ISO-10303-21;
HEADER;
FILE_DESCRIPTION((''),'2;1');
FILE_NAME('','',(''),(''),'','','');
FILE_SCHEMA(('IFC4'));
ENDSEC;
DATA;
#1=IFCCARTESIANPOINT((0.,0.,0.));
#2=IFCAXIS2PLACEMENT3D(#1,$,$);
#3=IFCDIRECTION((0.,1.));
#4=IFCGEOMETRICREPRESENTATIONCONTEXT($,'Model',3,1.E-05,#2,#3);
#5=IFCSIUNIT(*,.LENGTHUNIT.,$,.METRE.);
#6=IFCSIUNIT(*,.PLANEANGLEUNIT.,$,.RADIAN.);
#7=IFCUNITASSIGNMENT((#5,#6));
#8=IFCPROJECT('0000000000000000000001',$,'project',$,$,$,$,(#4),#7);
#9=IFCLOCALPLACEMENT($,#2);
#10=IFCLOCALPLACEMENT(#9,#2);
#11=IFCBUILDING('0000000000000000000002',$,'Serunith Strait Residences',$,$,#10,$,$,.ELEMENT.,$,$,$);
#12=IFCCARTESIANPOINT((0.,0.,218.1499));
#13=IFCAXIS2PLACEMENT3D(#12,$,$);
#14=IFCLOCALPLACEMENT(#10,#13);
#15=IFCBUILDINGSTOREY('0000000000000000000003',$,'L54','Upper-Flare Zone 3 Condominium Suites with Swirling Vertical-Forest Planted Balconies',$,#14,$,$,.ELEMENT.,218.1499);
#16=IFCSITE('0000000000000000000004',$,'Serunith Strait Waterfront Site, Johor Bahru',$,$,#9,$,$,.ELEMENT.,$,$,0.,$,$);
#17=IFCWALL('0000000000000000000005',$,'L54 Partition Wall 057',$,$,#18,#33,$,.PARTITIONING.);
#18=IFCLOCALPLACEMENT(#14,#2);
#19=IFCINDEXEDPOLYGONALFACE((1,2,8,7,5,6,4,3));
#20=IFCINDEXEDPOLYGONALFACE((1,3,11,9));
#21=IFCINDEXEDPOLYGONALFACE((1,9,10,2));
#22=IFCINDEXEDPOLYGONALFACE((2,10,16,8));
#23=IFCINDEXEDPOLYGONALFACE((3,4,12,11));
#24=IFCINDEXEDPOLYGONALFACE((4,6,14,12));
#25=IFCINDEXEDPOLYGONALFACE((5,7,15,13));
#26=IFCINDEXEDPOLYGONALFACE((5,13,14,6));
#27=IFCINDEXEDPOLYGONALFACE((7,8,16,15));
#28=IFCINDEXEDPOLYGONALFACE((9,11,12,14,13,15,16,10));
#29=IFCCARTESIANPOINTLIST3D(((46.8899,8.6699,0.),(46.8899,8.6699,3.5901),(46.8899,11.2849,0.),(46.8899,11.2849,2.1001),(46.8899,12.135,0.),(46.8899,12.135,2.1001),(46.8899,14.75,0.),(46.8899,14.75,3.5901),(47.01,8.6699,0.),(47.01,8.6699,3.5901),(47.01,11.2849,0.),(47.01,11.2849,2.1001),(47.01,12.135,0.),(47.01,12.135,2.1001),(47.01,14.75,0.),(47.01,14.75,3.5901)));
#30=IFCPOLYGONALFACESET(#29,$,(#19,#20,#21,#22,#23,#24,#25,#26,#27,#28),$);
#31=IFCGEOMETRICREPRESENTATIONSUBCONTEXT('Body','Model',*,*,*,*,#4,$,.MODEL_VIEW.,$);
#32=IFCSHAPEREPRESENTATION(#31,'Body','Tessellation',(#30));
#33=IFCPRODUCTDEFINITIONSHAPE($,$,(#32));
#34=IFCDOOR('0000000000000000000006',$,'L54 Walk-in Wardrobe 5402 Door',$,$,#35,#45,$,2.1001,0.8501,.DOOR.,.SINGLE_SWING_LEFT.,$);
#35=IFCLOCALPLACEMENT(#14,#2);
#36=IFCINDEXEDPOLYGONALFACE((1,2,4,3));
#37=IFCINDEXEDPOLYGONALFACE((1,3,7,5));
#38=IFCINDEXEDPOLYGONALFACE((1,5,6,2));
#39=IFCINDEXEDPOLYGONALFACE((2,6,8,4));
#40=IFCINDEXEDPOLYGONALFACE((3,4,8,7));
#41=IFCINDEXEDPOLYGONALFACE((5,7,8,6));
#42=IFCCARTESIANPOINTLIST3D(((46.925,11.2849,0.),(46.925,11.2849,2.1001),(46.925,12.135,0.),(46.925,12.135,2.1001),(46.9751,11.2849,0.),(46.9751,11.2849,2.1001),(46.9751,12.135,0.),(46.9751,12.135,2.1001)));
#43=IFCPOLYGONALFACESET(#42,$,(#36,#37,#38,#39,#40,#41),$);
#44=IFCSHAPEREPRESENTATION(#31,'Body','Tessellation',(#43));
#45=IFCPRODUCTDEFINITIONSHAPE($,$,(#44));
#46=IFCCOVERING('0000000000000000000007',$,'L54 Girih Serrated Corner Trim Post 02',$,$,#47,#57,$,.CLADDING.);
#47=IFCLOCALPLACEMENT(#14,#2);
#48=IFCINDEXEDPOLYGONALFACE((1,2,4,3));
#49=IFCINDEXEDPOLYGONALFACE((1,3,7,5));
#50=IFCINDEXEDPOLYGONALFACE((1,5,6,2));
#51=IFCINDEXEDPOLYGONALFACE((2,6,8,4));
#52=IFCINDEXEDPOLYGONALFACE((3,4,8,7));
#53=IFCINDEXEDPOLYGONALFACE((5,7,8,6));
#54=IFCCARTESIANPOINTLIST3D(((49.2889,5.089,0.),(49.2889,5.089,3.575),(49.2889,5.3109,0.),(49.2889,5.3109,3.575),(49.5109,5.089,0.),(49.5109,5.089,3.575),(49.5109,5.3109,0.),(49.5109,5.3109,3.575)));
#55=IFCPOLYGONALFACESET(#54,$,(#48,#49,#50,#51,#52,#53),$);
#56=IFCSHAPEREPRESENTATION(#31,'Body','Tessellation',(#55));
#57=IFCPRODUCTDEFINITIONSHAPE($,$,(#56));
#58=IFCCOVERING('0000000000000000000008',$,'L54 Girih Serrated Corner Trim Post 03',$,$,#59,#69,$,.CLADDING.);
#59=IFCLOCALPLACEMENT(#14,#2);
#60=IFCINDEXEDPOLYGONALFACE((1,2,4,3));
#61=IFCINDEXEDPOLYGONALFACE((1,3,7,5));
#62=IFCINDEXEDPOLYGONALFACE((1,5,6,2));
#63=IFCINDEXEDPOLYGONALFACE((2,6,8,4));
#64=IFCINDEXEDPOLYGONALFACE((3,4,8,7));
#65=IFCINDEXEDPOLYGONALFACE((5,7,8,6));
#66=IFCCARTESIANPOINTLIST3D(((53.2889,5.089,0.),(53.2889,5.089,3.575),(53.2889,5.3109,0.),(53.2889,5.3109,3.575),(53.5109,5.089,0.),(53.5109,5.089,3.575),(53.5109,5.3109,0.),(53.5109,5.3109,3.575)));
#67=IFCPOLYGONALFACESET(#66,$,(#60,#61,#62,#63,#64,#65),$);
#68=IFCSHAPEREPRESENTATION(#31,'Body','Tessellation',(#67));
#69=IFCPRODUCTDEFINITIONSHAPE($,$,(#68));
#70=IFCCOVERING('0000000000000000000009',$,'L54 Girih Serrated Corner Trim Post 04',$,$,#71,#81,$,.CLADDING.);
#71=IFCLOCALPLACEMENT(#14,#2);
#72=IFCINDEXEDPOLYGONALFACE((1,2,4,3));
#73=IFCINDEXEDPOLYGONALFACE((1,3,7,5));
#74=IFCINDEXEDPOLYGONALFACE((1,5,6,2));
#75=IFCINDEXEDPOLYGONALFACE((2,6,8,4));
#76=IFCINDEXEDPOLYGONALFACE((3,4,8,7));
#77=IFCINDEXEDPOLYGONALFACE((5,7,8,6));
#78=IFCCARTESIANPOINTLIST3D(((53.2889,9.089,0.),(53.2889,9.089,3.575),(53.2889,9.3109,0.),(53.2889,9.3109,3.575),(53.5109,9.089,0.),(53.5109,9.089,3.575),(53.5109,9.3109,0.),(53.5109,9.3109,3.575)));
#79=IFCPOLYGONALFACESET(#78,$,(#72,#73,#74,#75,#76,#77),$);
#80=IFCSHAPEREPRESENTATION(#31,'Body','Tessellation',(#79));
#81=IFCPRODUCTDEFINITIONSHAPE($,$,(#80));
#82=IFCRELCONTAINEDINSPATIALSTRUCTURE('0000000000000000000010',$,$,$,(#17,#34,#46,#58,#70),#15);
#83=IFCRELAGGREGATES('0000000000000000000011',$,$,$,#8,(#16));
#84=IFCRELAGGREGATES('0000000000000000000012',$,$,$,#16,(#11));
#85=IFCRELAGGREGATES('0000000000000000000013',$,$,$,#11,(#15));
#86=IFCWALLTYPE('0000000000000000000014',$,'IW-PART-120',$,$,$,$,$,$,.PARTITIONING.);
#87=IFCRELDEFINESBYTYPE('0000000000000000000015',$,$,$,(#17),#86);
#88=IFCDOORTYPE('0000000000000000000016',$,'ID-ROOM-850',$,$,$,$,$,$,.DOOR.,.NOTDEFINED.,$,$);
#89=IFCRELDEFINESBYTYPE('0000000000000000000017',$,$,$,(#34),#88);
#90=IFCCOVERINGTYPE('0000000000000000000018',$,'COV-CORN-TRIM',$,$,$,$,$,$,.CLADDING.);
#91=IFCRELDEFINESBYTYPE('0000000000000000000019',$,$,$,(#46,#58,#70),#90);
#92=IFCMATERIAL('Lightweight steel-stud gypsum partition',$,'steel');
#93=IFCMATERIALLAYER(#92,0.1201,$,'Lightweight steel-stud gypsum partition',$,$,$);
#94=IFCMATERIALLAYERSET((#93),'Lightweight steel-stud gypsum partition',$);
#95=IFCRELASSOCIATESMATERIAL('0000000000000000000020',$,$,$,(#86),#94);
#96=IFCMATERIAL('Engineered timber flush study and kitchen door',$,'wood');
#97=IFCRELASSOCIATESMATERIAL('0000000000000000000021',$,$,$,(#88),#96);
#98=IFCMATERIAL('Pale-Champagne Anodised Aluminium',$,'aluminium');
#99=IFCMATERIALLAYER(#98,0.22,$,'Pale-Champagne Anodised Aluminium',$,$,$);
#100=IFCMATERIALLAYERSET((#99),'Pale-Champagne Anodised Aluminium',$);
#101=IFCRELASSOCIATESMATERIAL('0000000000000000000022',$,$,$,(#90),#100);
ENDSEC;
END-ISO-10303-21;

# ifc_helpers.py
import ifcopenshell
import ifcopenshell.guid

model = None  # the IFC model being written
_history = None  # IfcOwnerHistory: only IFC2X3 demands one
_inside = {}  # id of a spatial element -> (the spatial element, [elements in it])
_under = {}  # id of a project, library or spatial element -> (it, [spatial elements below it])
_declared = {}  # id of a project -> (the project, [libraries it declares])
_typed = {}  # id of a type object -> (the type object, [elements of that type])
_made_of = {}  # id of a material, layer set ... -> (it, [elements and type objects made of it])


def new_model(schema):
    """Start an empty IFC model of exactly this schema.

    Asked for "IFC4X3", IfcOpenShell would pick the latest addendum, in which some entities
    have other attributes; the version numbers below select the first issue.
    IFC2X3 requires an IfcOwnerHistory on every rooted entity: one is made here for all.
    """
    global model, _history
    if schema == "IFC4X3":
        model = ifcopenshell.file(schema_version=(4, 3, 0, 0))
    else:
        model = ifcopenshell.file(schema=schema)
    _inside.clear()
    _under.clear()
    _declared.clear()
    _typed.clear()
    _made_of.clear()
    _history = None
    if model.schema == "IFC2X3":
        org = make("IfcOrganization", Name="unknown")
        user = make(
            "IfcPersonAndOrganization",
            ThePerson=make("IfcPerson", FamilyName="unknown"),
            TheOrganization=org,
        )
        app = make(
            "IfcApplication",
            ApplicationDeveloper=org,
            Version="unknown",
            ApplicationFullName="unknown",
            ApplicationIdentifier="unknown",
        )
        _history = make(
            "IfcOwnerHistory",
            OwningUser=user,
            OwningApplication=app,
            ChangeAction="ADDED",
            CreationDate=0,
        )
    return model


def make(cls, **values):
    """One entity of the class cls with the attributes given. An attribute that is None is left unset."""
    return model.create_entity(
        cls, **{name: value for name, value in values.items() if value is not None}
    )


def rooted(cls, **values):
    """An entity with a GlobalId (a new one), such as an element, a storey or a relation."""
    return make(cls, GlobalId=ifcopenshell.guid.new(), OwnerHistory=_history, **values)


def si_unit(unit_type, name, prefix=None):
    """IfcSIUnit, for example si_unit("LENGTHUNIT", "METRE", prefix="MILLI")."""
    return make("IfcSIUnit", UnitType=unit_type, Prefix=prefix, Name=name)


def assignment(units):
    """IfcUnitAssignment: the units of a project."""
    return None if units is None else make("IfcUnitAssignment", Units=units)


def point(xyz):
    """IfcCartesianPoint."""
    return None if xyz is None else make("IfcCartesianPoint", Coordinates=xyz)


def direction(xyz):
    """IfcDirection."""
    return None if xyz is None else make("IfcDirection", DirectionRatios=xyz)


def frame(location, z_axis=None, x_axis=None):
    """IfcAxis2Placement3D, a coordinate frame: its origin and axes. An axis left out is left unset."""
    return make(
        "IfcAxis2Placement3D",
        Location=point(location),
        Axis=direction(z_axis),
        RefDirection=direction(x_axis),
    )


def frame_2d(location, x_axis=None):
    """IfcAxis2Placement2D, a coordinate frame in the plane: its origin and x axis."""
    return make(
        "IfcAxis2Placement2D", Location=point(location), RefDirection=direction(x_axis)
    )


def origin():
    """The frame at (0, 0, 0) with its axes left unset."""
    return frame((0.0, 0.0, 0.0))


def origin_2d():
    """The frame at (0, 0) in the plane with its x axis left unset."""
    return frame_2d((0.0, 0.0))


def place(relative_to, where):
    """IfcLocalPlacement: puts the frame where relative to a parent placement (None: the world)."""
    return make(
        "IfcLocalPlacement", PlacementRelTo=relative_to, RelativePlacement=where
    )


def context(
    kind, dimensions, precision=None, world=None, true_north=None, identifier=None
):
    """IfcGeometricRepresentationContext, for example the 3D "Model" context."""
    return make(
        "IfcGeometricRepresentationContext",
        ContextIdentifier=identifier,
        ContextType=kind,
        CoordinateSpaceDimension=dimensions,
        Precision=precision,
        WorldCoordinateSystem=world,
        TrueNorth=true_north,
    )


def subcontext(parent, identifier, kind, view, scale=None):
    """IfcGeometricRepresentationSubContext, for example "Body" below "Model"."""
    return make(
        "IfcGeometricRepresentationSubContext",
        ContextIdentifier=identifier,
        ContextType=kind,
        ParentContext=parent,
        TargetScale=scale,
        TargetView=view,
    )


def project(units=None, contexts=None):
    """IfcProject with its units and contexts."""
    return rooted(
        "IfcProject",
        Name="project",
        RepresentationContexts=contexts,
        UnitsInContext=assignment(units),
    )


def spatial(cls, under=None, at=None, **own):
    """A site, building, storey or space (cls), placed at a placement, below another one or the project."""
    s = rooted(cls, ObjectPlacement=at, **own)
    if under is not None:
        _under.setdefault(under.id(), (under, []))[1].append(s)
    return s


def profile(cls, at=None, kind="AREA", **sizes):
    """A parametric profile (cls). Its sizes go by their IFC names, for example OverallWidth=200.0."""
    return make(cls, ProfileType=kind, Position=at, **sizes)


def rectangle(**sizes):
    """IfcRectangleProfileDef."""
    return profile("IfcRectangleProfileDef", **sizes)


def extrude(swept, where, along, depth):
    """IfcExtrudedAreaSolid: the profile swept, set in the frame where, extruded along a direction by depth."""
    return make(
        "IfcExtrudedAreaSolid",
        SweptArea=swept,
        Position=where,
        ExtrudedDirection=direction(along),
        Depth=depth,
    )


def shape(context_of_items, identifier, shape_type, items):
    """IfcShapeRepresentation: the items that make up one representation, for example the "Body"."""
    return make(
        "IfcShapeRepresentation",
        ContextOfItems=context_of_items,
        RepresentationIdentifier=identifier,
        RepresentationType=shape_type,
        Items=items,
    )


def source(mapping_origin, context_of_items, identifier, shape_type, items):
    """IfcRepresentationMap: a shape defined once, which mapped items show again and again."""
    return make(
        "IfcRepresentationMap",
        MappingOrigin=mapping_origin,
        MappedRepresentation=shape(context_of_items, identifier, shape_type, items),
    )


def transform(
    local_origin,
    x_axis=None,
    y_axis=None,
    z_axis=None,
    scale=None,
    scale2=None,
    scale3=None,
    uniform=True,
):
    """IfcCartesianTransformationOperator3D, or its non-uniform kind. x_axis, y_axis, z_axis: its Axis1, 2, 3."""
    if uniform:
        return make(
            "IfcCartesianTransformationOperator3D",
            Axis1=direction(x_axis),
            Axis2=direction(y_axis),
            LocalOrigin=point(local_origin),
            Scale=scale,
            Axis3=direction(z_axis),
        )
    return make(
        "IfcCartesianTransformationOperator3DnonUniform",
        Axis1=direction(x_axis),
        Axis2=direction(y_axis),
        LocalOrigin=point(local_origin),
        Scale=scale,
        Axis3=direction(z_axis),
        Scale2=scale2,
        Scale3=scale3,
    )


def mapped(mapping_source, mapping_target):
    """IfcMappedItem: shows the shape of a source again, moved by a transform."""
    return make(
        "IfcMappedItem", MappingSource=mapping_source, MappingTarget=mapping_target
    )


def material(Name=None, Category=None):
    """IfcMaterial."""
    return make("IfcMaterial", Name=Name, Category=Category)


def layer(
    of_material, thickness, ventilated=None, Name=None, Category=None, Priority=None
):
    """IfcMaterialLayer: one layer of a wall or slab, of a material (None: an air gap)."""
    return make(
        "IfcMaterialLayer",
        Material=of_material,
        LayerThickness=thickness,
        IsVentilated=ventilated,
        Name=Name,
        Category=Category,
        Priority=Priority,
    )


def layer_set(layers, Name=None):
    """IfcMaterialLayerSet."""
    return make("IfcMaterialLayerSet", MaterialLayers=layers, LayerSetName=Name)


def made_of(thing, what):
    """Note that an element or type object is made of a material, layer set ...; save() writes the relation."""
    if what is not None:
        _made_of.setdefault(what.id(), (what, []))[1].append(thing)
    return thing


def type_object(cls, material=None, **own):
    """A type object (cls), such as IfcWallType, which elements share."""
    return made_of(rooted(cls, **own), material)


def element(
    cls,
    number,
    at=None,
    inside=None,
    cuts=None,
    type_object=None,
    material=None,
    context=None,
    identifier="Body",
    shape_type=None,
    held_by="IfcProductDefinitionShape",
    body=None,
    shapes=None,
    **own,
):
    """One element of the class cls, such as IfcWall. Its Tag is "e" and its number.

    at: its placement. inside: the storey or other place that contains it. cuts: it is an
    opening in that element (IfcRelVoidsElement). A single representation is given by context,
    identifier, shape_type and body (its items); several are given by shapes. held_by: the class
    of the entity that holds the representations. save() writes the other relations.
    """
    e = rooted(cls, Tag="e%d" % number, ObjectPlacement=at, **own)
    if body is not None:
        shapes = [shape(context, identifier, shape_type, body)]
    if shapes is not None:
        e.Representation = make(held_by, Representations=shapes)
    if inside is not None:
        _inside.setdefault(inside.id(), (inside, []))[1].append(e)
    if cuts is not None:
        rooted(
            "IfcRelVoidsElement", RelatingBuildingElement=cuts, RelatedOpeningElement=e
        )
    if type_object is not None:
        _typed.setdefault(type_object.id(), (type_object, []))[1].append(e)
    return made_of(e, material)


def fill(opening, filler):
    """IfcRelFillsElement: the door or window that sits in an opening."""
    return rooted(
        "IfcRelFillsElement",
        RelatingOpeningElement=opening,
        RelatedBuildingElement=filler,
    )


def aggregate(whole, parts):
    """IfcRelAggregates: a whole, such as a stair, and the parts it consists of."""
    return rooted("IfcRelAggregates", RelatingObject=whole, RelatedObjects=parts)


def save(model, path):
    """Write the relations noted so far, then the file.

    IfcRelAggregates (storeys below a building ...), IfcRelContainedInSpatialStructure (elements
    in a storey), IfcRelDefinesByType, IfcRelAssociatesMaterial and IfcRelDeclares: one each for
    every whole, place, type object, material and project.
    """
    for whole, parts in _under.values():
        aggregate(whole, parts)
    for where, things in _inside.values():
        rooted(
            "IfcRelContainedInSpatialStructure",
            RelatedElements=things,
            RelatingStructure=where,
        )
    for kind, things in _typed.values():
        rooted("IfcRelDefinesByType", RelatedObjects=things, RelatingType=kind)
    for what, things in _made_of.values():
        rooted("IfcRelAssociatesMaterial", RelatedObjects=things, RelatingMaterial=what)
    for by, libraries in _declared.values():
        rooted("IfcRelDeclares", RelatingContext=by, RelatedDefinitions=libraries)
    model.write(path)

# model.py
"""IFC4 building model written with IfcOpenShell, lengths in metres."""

from ifc_helpers import new_model, si_unit, direction, frame, frame_2d, origin, origin_2d, place, context, subcontext, project, spatial, rectangle, extrude, source, transform, mapped, material, layer, layer_set, type_object, element, fill, save


model = new_model("IFC4")

# Units and contexts
model_context = context("Model", 3, precision=1e-05, world=origin(), true_north=direction((0.0, 1.0)))
body_context = subcontext(model_context, "Body", "Model", "MODEL_VIEW")
ifc_project = project(units=[si_unit("LENGTHUNIT", "METRE"), si_unit("PLANEANGLEUNIT", "RADIAN")], contexts=[model_context])

# Site, building, storey
site_placement = place(None, origin())
site = spatial("IfcSite", under=ifc_project, at=site_placement, Name="Serunith Strait Waterfront Site, Johor Bahru", CompositionType="ELEMENT", RefElevation=0.0)
building_placement = place(site_placement, origin())
building = spatial("IfcBuilding", under=site, at=building_placement, Name="Serunith Strait Residences", CompositionType="ELEMENT")
storey_placement = place(building_placement, frame((0.0, 0.0, 218.1499)))
storey = spatial("IfcBuildingStorey", under=building, at=storey_placement, Name="L54", Description="Upper-Flare Zone 3 Condominium Suites with Swirling Vertical-Forest Planted Balconies", CompositionType="ELEMENT", Elevation=218.1499)

# Shared definitions
ifc_material_1 = material(Name="Pale-Champagne Anodised Aluminium", Category="aluminium")

# Shared definitions
ifc_material_2 = material(Name="Lightweight steel-stud gypsum partition", Category="steel")
ifc_layer_1 = layer(ifc_material_2, 0.1201, Name="Lightweight steel-stud gypsum partition")
ifc_layer_set_1 = layer_set([ifc_layer_1], Name="Lightweight steel-stud gypsum partition")
wall_type_1 = type_object("IfcWallType", Name="IW-PART-120", PredefinedType="PARTITIONING", material=ifc_layer_set_1)

# Wall, opening, door
wall_1_placement = place(storey_placement, frame((46.95, 8.6699, 0.0), z_axis=(0.0, 0.0, 1.0), x_axis=(0.0, 1.0, 0.0)))
wall_1 = element("IfcWall", 1, at=wall_1_placement, inside=storey, type_object=wall_type_1, Name="L54 Partition Wall 057", PredefinedType="PARTITIONING", context=body_context, shape_type="SweptSolid", body=[
    extrude(rectangle(XDim=6.0801, YDim=0.1201, at=frame_2d((3.04, 0.0))), origin(), (0.0, 0.0, 1.0), 3.5901),
])
opening_1_placement = place(wall_1_placement, frame((2.615, 0.0, 0.0)))
opening_1 = element("IfcOpeningElement", 2, at=opening_1_placement, cuts=wall_1, PredefinedType="OPENING", context=body_context, shape_type="SweptSolid", body=[
    extrude(rectangle(XDim=0.8501, YDim=2.1001, at=frame_2d((0.425, 1.05))), frame((0.0, 0.0701, 0.0), z_axis=(0.0, -1.0, 0.0), x_axis=(1.0, 0.0, 0.0)), (0.0, 0.0, 1.0), 0.1401),
])
ifc_material_3 = material(Name="Engineered timber flush study and kitchen door", Category="wood")
door_type_1 = type_object("IfcDoorType", Name="ID-ROOM-850", OperationType="NOTDEFINED", PredefinedType="DOOR", material=ifc_material_3)
shared_shape_1 = source(origin(), body_context, "Body", "SweptSolid", [
    extrude(rectangle(XDim=0.8501, YDim=2.1001, at=frame_2d((0.425, 1.05))), frame((0.0, 0.0249, 0.0), z_axis=(0.0, -1.0, 0.0), x_axis=(1.0, 0.0, 0.0)), (0.0, 0.0, 1.0), 0.05),
])
door_1_placement = place(opening_1_placement, origin())
door_1 = element("IfcDoor", 3, at=door_1_placement, inside=storey, type_object=door_type_1, Name="L54 Walk-in Wardrobe 5402 Door", OperationType="SINGLE_SWING_LEFT", OverallHeight=2.1001, OverallWidth=0.8501, PredefinedType="DOOR", context=body_context, shape_type="MappedRepresentation", body=[
    mapped(shared_shape_1, transform((0.0, 0.0, 0.0), scale=1.0)),
])
fill(opening_1, door_1)

# Coverings
ifc_layer_2 = layer(ifc_material_1, 0.22, Name="Pale-Champagne Anodised Aluminium")
ifc_layer_set_2 = layer_set([ifc_layer_2], Name="Pale-Champagne Anodised Aluminium")
covering_type = type_object("IfcCoveringType", Name="COV-CORN-TRIM", PredefinedType="CLADDING", material=ifc_layer_set_2)
shared_shape_2 = source(origin(), body_context, "Body", "SweptSolid", [
    extrude(rectangle(XDim=0.2219, YDim=0.2219, at=origin_2d()), origin(), (0.0, 0.0, 1.0), 3.575),
])
for number, where, z_axis, x_axis, name in (
    (4, (49.3999, 5.2, 0.0), (0.0, 0.0, 1.0), (1.0, 0.0, 0.0), "L54 Girih Serrated Corner Trim Post 02"),
    (5, (53.3999, 5.2, 0.0), (0.0, 0.0, 1.0), (1.0, 0.0, 0.0), "L54 Girih Serrated Corner Trim Post 03"),
    (6, (53.3999, 9.2, 0.0), (0.0, 0.0, 1.0), (1.0, 0.0, 0.0), "L54 Girih Serrated Corner Trim Post 04"),
):
    element("IfcCovering", number, at=place(storey_placement, frame(where, z_axis=z_axis, x_axis=x_axis)), inside=storey, type_object=covering_type, Name=name, PredefinedType="CLADDING", context=body_context, shape_type="MappedRepresentation", body=[
        mapped(shared_shape_2, transform((0.0, 0.0, 0.0), scale=1.0)),
    ])

save(model, "model.ifc")
